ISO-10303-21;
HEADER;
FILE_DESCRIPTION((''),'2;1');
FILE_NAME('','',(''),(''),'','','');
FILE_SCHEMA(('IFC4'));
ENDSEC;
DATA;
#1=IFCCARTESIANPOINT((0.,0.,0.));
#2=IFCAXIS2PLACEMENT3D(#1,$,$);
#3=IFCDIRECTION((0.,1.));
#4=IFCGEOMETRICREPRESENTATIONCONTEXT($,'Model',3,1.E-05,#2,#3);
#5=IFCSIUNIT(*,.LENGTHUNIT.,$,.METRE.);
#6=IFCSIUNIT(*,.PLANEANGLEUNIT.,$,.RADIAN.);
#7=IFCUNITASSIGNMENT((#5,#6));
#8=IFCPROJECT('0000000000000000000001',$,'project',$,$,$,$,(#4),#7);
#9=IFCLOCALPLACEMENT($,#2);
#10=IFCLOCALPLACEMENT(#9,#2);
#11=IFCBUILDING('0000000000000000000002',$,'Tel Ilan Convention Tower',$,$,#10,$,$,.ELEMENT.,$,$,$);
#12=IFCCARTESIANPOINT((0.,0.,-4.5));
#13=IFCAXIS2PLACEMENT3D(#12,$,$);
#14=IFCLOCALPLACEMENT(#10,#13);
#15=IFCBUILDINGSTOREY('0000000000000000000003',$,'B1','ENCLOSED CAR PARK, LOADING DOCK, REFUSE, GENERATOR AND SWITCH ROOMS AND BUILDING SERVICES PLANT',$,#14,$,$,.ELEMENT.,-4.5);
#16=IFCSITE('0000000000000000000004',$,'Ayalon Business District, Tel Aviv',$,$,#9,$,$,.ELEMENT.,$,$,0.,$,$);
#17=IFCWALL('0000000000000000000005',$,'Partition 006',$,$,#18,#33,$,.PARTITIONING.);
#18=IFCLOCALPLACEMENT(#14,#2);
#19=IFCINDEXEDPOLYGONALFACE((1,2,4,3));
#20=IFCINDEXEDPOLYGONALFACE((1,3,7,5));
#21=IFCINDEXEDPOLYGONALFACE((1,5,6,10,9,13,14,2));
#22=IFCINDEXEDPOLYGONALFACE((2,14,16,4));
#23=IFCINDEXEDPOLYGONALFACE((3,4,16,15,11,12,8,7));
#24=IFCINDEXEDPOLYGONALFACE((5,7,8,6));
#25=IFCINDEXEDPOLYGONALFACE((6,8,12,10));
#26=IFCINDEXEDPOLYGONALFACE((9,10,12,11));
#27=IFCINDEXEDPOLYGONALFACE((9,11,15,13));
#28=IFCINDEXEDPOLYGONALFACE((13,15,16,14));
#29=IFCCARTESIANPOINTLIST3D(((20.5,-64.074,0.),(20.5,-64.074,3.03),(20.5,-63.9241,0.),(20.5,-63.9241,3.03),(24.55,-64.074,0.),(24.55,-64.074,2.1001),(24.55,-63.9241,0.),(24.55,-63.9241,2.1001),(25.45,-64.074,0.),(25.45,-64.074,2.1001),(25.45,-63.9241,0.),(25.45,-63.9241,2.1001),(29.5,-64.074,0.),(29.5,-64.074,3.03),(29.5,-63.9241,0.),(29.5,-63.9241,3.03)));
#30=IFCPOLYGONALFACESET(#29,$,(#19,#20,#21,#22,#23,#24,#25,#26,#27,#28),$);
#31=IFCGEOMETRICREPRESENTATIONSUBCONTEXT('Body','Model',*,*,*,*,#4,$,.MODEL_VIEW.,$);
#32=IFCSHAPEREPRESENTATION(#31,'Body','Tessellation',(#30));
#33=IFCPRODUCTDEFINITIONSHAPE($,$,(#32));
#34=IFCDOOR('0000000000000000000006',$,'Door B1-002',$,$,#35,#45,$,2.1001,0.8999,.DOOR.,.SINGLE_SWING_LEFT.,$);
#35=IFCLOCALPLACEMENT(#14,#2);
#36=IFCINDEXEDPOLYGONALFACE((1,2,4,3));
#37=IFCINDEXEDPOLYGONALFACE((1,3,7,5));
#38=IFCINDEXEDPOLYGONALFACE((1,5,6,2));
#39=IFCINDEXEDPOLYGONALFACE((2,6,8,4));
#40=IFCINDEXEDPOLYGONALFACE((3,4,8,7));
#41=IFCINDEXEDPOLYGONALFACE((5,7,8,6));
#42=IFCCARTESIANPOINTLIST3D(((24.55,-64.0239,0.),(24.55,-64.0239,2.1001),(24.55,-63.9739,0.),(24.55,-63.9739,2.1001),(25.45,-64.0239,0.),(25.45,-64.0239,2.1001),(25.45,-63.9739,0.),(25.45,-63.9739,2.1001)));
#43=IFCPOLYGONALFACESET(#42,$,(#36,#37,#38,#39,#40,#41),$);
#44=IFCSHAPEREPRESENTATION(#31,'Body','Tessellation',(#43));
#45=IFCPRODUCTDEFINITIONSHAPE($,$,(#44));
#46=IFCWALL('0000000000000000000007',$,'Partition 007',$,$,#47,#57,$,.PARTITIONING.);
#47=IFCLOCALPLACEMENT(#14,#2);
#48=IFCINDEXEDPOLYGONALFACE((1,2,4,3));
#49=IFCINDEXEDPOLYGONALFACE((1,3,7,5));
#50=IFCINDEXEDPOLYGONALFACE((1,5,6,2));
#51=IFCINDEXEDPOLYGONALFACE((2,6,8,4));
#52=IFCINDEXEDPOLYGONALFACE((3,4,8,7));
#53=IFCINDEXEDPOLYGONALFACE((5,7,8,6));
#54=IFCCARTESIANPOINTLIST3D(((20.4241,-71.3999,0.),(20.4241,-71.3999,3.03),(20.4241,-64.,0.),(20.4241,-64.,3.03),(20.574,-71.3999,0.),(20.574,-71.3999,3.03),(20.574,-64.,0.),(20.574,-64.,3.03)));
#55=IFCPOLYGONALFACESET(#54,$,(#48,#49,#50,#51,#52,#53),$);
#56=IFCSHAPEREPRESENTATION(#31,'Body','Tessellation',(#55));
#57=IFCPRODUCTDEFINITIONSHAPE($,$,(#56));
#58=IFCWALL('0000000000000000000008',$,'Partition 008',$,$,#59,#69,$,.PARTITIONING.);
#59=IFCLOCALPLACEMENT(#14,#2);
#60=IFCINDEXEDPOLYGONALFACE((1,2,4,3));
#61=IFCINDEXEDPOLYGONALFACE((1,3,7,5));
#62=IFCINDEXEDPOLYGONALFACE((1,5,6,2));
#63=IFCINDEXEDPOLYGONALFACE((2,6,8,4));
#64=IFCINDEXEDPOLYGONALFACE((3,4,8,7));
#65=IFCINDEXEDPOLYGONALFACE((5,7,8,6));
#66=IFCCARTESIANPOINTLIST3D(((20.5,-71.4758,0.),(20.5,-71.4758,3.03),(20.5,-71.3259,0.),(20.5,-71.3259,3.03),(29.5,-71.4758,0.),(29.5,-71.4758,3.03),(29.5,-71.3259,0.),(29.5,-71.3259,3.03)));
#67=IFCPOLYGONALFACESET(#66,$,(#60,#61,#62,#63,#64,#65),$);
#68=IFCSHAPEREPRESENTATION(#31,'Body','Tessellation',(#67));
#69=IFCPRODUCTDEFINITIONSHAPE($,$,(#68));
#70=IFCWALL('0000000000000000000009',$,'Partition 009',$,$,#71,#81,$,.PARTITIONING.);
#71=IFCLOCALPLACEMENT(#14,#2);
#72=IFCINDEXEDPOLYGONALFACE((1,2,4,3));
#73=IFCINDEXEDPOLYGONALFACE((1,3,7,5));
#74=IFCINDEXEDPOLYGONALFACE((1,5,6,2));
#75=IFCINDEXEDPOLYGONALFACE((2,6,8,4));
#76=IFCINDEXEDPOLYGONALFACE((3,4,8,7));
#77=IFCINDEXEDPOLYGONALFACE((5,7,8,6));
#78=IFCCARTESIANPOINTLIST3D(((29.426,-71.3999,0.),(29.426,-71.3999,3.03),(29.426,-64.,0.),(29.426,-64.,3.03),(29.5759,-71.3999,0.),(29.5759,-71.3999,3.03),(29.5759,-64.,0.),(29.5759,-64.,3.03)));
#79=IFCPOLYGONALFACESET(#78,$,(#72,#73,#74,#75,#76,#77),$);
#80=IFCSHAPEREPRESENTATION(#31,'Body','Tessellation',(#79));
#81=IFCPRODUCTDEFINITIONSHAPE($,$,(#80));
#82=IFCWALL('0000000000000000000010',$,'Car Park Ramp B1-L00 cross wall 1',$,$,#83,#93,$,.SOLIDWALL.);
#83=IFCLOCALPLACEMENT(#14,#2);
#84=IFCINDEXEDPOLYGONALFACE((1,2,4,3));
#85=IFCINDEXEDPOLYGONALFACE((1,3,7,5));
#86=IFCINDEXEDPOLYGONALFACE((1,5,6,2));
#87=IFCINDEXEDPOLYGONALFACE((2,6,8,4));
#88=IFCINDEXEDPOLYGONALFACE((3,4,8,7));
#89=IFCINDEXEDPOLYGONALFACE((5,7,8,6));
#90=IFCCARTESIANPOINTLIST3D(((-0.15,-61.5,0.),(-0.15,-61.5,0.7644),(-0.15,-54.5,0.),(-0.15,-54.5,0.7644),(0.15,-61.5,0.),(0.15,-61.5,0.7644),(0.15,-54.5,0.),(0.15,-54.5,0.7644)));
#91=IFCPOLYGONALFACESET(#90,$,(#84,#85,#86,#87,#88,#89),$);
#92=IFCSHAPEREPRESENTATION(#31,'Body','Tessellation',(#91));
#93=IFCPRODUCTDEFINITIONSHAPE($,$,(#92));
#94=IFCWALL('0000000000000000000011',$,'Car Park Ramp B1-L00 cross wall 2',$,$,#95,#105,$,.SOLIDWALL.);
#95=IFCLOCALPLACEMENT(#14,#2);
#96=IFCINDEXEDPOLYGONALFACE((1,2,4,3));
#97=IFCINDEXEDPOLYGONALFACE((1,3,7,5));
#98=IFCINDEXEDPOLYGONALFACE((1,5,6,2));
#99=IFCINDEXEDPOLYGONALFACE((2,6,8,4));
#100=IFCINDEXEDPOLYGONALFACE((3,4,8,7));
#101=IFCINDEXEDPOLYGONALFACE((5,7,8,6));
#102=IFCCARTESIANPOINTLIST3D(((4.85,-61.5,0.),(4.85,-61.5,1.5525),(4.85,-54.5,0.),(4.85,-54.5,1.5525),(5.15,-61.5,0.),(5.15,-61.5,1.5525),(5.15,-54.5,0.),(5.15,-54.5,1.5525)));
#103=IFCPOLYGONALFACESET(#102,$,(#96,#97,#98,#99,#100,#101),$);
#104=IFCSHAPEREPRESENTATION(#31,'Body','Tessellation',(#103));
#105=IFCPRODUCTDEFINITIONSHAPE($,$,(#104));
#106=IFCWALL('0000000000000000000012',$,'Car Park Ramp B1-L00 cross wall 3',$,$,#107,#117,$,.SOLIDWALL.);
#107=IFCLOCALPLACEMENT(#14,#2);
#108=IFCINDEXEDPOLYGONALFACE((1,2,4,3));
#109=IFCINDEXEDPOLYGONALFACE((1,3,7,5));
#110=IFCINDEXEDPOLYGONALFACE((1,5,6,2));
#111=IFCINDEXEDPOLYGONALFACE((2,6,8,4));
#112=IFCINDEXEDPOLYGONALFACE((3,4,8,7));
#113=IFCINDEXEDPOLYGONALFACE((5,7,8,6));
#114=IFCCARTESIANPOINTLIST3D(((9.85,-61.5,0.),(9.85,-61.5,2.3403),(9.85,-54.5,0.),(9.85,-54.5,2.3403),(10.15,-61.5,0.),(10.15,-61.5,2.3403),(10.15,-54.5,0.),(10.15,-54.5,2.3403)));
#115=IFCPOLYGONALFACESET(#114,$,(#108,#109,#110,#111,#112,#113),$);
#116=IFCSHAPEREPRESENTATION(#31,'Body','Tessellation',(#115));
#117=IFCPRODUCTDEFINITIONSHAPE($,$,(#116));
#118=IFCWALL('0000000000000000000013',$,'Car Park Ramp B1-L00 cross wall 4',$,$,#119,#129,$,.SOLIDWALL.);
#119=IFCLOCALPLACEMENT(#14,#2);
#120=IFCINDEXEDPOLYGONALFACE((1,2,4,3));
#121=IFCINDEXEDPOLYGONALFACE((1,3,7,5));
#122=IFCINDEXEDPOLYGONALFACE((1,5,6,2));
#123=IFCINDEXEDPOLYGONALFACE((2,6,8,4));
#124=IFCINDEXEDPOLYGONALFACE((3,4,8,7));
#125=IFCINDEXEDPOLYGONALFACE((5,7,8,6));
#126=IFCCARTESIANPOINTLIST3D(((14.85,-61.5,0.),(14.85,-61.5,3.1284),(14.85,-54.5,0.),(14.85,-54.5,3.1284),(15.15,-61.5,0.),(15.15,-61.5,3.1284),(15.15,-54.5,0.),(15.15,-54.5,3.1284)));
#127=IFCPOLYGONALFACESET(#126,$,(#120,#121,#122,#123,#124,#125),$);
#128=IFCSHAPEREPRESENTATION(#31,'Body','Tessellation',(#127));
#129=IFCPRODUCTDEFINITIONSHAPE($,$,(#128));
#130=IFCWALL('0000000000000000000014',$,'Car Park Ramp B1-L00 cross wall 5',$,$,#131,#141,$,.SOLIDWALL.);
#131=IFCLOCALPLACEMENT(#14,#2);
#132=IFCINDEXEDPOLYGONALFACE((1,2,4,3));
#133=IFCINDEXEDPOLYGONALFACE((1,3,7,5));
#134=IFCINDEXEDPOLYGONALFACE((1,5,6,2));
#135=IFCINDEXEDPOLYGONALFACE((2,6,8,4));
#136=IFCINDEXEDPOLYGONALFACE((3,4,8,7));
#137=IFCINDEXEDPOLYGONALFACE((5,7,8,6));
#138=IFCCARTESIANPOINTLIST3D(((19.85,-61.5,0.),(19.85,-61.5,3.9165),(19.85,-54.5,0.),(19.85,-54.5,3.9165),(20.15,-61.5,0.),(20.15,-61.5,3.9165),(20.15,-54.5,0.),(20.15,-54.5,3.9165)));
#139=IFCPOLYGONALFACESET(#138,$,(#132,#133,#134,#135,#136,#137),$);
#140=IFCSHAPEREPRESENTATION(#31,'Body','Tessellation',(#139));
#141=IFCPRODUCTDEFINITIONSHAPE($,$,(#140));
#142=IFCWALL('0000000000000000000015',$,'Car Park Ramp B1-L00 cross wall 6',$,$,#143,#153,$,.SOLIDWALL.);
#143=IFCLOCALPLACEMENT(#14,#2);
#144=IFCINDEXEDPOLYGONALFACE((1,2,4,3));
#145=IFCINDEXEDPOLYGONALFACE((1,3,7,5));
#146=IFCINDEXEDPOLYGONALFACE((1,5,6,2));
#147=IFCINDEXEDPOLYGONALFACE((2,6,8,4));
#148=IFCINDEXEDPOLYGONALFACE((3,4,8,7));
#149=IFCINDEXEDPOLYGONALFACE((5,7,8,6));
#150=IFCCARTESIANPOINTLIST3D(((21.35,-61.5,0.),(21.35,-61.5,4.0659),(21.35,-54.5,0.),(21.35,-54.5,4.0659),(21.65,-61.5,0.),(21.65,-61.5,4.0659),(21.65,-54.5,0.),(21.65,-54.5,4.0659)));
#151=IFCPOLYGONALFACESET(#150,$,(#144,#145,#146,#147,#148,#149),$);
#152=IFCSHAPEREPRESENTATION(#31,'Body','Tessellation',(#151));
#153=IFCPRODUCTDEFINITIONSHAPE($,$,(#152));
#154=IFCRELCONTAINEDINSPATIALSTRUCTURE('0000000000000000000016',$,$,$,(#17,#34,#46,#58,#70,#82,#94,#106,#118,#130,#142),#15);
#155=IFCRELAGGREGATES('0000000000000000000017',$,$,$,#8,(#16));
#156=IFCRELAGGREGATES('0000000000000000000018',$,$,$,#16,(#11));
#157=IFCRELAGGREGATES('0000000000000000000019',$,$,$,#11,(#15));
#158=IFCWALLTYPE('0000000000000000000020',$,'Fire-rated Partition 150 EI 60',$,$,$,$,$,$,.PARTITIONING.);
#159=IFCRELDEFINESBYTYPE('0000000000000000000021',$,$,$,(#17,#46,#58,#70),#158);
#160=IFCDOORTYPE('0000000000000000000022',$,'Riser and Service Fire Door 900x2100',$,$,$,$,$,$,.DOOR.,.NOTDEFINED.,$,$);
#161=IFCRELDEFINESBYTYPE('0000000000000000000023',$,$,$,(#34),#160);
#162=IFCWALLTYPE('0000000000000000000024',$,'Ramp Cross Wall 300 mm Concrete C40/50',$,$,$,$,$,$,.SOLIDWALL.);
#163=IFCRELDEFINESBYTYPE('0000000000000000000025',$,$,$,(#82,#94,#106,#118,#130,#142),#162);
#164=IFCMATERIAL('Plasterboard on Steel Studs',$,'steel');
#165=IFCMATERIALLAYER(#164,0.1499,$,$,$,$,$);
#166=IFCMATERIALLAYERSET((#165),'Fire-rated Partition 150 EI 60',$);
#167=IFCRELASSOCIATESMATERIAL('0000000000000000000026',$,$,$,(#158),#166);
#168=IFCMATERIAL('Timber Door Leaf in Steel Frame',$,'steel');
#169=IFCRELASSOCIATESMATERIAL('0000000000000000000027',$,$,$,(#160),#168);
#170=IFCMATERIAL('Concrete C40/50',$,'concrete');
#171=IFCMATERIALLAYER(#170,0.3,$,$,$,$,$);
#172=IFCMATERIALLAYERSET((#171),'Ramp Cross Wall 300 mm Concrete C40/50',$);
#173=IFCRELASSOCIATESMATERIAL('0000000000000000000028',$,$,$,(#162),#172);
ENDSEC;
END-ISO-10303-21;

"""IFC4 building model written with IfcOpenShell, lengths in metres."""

from ifc_helpers import new_model, si_unit, direction, frame, frame_2d, origin, place, context, subcontext, project, spatial, rectangle, extrude, material, layer, layer_set, type_object, element, fill, save


model = new_model("IFC4")

# Units and contexts
model_context = context("Model", 3, precision=1e-05, world=origin(), true_north=direction((0.0, 1.0)))
body_context = subcontext(model_context, "Body", "Model", "MODEL_VIEW")
ifc_project = project(units=[si_unit("LENGTHUNIT", "METRE"), si_unit("PLANEANGLEUNIT", "RADIAN")], contexts=[model_context])

# Site, building, storey
site_placement = place(None, origin())
site = spatial("IfcSite", under=ifc_project, at=site_placement, Name="Ayalon Business District, Tel Aviv", CompositionType="ELEMENT", RefElevation=0.0)
building_placement = place(site_placement, origin())
building = spatial("IfcBuilding", under=site, at=building_placement, Name="Tel Ilan Convention Tower", CompositionType="ELEMENT")
storey_placement = place(building_placement, frame((0.0, 0.0, -4.5)))
storey = spatial("IfcBuildingStorey", under=building, at=storey_placement, Name="B1", Description="ENCLOSED CAR PARK, LOADING DOCK, REFUSE, GENERATOR AND SWITCH ROOMS AND BUILDING SERVICES PLANT", CompositionType="ELEMENT", Elevation=-4.5)

# Shared definitions
ifc_material_1 = material(Name="Plasterboard on Steel Studs", Category="steel")
ifc_layer_1 = layer(ifc_material_1, 0.1499)
ifc_layer_set_1 = layer_set([ifc_layer_1], Name="Fire-rated Partition 150 EI 60")
wall_type_1 = type_object("IfcWallType", Name="Fire-rated Partition 150 EI 60", PredefinedType="PARTITIONING", material=ifc_layer_set_1)

# Wall, opening, door
wall_1_placement = place(storey_placement, frame((29.5, -63.999, 0.0), z_axis=(0.0, 0.0, 1.0), x_axis=(-1.0, 0.0, 0.0)))
wall_1 = element("IfcWall", 1, at=wall_1_placement, inside=storey, type_object=wall_type_1, Name="Partition 006", PredefinedType="PARTITIONING", context=body_context, shape_type="SweptSolid", body=[
    extrude(rectangle(XDim=9.0, YDim=0.1499, at=frame_2d((4.5, 0.0))), origin(), (0.0, 0.0, 1.0), 3.03),
])
opening_1_placement = place(wall_1_placement, frame((4.05, 0.0, 0.0)))
opening_1 = element("IfcOpeningElement", 2, at=opening_1_placement, cuts=wall_1, PredefinedType="OPENING", context=body_context, shape_type="SweptSolid", body=[
    extrude(rectangle(XDim=0.8999, YDim=2.1001, at=frame_2d((0.45, 1.05))), frame((0.0, 0.085, 0.0), z_axis=(0.0, -1.0, 0.0), x_axis=(1.0, 0.0, 0.0)), (0.0, 0.0, 1.0), 0.1699),
])
ifc_material_2 = material(Name="Timber Door Leaf in Steel Frame", Category="steel")
door_type_1 = type_object("IfcDoorType", Name="Riser and Service Fire Door 900x2100", OperationType="NOTDEFINED", PredefinedType="DOOR", material=ifc_material_2)
door_1_placement = place(opening_1_placement, origin())
door_1 = element("IfcDoor", 3, at=door_1_placement, inside=storey, type_object=door_type_1, Name="Door B1-002", OperationType="SINGLE_SWING_LEFT", OverallHeight=2.1001, OverallWidth=0.8999, PredefinedType="DOOR", context=body_context, shape_type="SweptSolid", body=[
    extrude(rectangle(XDim=0.8999, YDim=2.1001, at=frame_2d((0.45, 1.05))), frame((0.0, 0.0249, 0.0), z_axis=(0.0, -1.0, 0.0), x_axis=(1.0, 0.0, 0.0)), (0.0, 0.0, 1.0), 0.05),
])
fill(opening_1, door_1)

# Walls
wall_2_placement = place(storey_placement, frame((20.499, -64.0, 0.0), z_axis=(0.0, 0.0, 1.0), x_axis=(0.0, -1.0, 0.0)))
element("IfcWall", 4, at=wall_2_placement, inside=storey, type_object=wall_type_1, Name="Partition 007", PredefinedType="PARTITIONING", context=body_context, shape_type="SweptSolid", body=[
    extrude(rectangle(XDim=7.3999, YDim=0.1499, at=frame_2d((3.7, 0.0))), origin(), (0.0, 0.0, 1.0), 3.03),
])
wall_3_placement = place(storey_placement, frame((20.5, -71.4009, 0.0), z_axis=(0.0, 0.0, 1.0), x_axis=(1.0, 0.0, 0.0)))
element("IfcWall", 5, at=wall_3_placement, inside=storey, type_object=wall_type_1, Name="Partition 008", PredefinedType="PARTITIONING", context=body_context, shape_type="SweptSolid", body=[
    extrude(rectangle(XDim=9.0, YDim=0.1499, at=frame_2d((4.5, 0.0))), origin(), (0.0, 0.0, 1.0), 3.03),
])
wall_4_placement = place(storey_placement, frame((29.501, -71.3999, 0.0), z_axis=(0.0, 0.0, 1.0), x_axis=(0.0, 1.0, 0.0)))
element("IfcWall", 6, at=wall_4_placement, inside=storey, type_object=wall_type_1, Name="Partition 009", PredefinedType="PARTITIONING", context=body_context, shape_type="SweptSolid", body=[
    extrude(rectangle(XDim=7.3999, YDim=0.1499, at=frame_2d((3.7, 0.0))), origin(), (0.0, 0.0, 1.0), 3.03),
])
ifc_material_3 = material(Name="Concrete C40/50", Category="concrete")
ifc_layer_2 = layer(ifc_material_3, 0.3)
ifc_layer_set_2 = layer_set([ifc_layer_2], Name="Ramp Cross Wall 300 mm Concrete C40/50")
wall_type_2 = type_object("IfcWallType", Name="Ramp Cross Wall 300 mm Concrete C40/50", PredefinedType="SOLIDWALL", material=ifc_layer_set_2)
wall_5_placement = place(storey_placement, frame((0.0, -61.5, 0.0), z_axis=(0.0, 0.0, 1.0), x_axis=(0.0, 1.0, 0.0)))
element("IfcWall", 7, at=wall_5_placement, inside=storey, type_object=wall_type_2, Name="Car Park Ramp B1-L00 cross wall 1", PredefinedType="SOLIDWALL", context=body_context, shape_type="SweptSolid", body=[
    extrude(rectangle(XDim=7.0, YDim=0.3, at=frame_2d((3.5, 0.0))), origin(), (0.0, 0.0, 1.0), 0.7644),
])
wall_6_placement = place(storey_placement, frame((5.0, -61.5, 0.0), z_axis=(0.0, 0.0, 1.0), x_axis=(0.0, 1.0, 0.0)))
element("IfcWall", 8, at=wall_6_placement, inside=storey, type_object=wall_type_2, Name="Car Park Ramp B1-L00 cross wall 2", PredefinedType="SOLIDWALL", context=body_context, shape_type="SweptSolid", body=[
    extrude(rectangle(XDim=7.0, YDim=0.3, at=frame_2d((3.5, 0.0))), origin(), (0.0, 0.0, 1.0), 1.5525),
])
wall_7_placement = place(storey_placement, frame((10.0, -61.5, 0.0), z_axis=(0.0, 0.0, 1.0), x_axis=(0.0, 1.0, 0.0)))
element("IfcWall", 9, at=wall_7_placement, inside=storey, type_object=wall_type_2, Name="Car Park Ramp B1-L00 cross wall 3", PredefinedType="SOLIDWALL", context=body_context, shape_type="SweptSolid", body=[
    extrude(rectangle(XDim=7.0, YDim=0.3, at=frame_2d((3.5, 0.0))), origin(), (0.0, 0.0, 1.0), 2.3403),
])
wall_8_placement = place(storey_placement, frame((15.0, -61.5, 0.0), z_axis=(0.0, 0.0, 1.0), x_axis=(0.0, 1.0, 0.0)))
element("IfcWall", 10, at=wall_8_placement, inside=storey, type_object=wall_type_2, Name="Car Park Ramp B1-L00 cross wall 4", PredefinedType="SOLIDWALL", context=body_context, shape_type="SweptSolid", body=[
    extrude(rectangle(XDim=7.0, YDim=0.3, at=frame_2d((3.5, 0.0))), origin(), (0.0, 0.0, 1.0), 3.1284),
])
wall_9_placement = place(storey_placement, frame((20.0, -61.5, 0.0), z_axis=(0.0, 0.0, 1.0), x_axis=(0.0, 1.0, 0.0)))
element("IfcWall", 11, at=wall_9_placement, inside=storey, type_object=wall_type_2, Name="Car Park Ramp B1-L00 cross wall 5", PredefinedType="SOLIDWALL", context=body_context, shape_type="SweptSolid", body=[
    extrude(rectangle(XDim=7.0, YDim=0.3, at=frame_2d((3.5, 0.0))), origin(), (0.0, 0.0, 1.0), 3.9165),
])
wall_10_placement = place(storey_placement, frame((21.5, -61.5, 0.0), z_axis=(0.0, 0.0, 1.0), x_axis=(0.0, 1.0, 0.0)))
element("IfcWall", 12, at=wall_10_placement, inside=storey, type_object=wall_type_2, Name="Car Park Ramp B1-L00 cross wall 6", PredefinedType="SOLIDWALL", context=body_context, shape_type="SweptSolid", body=[
    extrude(rectangle(XDim=7.0, YDim=0.3, at=frame_2d((3.5, 0.0))), origin(), (0.0, 0.0, 1.0), 4.0659),
])

save(model, "model.ifc")
